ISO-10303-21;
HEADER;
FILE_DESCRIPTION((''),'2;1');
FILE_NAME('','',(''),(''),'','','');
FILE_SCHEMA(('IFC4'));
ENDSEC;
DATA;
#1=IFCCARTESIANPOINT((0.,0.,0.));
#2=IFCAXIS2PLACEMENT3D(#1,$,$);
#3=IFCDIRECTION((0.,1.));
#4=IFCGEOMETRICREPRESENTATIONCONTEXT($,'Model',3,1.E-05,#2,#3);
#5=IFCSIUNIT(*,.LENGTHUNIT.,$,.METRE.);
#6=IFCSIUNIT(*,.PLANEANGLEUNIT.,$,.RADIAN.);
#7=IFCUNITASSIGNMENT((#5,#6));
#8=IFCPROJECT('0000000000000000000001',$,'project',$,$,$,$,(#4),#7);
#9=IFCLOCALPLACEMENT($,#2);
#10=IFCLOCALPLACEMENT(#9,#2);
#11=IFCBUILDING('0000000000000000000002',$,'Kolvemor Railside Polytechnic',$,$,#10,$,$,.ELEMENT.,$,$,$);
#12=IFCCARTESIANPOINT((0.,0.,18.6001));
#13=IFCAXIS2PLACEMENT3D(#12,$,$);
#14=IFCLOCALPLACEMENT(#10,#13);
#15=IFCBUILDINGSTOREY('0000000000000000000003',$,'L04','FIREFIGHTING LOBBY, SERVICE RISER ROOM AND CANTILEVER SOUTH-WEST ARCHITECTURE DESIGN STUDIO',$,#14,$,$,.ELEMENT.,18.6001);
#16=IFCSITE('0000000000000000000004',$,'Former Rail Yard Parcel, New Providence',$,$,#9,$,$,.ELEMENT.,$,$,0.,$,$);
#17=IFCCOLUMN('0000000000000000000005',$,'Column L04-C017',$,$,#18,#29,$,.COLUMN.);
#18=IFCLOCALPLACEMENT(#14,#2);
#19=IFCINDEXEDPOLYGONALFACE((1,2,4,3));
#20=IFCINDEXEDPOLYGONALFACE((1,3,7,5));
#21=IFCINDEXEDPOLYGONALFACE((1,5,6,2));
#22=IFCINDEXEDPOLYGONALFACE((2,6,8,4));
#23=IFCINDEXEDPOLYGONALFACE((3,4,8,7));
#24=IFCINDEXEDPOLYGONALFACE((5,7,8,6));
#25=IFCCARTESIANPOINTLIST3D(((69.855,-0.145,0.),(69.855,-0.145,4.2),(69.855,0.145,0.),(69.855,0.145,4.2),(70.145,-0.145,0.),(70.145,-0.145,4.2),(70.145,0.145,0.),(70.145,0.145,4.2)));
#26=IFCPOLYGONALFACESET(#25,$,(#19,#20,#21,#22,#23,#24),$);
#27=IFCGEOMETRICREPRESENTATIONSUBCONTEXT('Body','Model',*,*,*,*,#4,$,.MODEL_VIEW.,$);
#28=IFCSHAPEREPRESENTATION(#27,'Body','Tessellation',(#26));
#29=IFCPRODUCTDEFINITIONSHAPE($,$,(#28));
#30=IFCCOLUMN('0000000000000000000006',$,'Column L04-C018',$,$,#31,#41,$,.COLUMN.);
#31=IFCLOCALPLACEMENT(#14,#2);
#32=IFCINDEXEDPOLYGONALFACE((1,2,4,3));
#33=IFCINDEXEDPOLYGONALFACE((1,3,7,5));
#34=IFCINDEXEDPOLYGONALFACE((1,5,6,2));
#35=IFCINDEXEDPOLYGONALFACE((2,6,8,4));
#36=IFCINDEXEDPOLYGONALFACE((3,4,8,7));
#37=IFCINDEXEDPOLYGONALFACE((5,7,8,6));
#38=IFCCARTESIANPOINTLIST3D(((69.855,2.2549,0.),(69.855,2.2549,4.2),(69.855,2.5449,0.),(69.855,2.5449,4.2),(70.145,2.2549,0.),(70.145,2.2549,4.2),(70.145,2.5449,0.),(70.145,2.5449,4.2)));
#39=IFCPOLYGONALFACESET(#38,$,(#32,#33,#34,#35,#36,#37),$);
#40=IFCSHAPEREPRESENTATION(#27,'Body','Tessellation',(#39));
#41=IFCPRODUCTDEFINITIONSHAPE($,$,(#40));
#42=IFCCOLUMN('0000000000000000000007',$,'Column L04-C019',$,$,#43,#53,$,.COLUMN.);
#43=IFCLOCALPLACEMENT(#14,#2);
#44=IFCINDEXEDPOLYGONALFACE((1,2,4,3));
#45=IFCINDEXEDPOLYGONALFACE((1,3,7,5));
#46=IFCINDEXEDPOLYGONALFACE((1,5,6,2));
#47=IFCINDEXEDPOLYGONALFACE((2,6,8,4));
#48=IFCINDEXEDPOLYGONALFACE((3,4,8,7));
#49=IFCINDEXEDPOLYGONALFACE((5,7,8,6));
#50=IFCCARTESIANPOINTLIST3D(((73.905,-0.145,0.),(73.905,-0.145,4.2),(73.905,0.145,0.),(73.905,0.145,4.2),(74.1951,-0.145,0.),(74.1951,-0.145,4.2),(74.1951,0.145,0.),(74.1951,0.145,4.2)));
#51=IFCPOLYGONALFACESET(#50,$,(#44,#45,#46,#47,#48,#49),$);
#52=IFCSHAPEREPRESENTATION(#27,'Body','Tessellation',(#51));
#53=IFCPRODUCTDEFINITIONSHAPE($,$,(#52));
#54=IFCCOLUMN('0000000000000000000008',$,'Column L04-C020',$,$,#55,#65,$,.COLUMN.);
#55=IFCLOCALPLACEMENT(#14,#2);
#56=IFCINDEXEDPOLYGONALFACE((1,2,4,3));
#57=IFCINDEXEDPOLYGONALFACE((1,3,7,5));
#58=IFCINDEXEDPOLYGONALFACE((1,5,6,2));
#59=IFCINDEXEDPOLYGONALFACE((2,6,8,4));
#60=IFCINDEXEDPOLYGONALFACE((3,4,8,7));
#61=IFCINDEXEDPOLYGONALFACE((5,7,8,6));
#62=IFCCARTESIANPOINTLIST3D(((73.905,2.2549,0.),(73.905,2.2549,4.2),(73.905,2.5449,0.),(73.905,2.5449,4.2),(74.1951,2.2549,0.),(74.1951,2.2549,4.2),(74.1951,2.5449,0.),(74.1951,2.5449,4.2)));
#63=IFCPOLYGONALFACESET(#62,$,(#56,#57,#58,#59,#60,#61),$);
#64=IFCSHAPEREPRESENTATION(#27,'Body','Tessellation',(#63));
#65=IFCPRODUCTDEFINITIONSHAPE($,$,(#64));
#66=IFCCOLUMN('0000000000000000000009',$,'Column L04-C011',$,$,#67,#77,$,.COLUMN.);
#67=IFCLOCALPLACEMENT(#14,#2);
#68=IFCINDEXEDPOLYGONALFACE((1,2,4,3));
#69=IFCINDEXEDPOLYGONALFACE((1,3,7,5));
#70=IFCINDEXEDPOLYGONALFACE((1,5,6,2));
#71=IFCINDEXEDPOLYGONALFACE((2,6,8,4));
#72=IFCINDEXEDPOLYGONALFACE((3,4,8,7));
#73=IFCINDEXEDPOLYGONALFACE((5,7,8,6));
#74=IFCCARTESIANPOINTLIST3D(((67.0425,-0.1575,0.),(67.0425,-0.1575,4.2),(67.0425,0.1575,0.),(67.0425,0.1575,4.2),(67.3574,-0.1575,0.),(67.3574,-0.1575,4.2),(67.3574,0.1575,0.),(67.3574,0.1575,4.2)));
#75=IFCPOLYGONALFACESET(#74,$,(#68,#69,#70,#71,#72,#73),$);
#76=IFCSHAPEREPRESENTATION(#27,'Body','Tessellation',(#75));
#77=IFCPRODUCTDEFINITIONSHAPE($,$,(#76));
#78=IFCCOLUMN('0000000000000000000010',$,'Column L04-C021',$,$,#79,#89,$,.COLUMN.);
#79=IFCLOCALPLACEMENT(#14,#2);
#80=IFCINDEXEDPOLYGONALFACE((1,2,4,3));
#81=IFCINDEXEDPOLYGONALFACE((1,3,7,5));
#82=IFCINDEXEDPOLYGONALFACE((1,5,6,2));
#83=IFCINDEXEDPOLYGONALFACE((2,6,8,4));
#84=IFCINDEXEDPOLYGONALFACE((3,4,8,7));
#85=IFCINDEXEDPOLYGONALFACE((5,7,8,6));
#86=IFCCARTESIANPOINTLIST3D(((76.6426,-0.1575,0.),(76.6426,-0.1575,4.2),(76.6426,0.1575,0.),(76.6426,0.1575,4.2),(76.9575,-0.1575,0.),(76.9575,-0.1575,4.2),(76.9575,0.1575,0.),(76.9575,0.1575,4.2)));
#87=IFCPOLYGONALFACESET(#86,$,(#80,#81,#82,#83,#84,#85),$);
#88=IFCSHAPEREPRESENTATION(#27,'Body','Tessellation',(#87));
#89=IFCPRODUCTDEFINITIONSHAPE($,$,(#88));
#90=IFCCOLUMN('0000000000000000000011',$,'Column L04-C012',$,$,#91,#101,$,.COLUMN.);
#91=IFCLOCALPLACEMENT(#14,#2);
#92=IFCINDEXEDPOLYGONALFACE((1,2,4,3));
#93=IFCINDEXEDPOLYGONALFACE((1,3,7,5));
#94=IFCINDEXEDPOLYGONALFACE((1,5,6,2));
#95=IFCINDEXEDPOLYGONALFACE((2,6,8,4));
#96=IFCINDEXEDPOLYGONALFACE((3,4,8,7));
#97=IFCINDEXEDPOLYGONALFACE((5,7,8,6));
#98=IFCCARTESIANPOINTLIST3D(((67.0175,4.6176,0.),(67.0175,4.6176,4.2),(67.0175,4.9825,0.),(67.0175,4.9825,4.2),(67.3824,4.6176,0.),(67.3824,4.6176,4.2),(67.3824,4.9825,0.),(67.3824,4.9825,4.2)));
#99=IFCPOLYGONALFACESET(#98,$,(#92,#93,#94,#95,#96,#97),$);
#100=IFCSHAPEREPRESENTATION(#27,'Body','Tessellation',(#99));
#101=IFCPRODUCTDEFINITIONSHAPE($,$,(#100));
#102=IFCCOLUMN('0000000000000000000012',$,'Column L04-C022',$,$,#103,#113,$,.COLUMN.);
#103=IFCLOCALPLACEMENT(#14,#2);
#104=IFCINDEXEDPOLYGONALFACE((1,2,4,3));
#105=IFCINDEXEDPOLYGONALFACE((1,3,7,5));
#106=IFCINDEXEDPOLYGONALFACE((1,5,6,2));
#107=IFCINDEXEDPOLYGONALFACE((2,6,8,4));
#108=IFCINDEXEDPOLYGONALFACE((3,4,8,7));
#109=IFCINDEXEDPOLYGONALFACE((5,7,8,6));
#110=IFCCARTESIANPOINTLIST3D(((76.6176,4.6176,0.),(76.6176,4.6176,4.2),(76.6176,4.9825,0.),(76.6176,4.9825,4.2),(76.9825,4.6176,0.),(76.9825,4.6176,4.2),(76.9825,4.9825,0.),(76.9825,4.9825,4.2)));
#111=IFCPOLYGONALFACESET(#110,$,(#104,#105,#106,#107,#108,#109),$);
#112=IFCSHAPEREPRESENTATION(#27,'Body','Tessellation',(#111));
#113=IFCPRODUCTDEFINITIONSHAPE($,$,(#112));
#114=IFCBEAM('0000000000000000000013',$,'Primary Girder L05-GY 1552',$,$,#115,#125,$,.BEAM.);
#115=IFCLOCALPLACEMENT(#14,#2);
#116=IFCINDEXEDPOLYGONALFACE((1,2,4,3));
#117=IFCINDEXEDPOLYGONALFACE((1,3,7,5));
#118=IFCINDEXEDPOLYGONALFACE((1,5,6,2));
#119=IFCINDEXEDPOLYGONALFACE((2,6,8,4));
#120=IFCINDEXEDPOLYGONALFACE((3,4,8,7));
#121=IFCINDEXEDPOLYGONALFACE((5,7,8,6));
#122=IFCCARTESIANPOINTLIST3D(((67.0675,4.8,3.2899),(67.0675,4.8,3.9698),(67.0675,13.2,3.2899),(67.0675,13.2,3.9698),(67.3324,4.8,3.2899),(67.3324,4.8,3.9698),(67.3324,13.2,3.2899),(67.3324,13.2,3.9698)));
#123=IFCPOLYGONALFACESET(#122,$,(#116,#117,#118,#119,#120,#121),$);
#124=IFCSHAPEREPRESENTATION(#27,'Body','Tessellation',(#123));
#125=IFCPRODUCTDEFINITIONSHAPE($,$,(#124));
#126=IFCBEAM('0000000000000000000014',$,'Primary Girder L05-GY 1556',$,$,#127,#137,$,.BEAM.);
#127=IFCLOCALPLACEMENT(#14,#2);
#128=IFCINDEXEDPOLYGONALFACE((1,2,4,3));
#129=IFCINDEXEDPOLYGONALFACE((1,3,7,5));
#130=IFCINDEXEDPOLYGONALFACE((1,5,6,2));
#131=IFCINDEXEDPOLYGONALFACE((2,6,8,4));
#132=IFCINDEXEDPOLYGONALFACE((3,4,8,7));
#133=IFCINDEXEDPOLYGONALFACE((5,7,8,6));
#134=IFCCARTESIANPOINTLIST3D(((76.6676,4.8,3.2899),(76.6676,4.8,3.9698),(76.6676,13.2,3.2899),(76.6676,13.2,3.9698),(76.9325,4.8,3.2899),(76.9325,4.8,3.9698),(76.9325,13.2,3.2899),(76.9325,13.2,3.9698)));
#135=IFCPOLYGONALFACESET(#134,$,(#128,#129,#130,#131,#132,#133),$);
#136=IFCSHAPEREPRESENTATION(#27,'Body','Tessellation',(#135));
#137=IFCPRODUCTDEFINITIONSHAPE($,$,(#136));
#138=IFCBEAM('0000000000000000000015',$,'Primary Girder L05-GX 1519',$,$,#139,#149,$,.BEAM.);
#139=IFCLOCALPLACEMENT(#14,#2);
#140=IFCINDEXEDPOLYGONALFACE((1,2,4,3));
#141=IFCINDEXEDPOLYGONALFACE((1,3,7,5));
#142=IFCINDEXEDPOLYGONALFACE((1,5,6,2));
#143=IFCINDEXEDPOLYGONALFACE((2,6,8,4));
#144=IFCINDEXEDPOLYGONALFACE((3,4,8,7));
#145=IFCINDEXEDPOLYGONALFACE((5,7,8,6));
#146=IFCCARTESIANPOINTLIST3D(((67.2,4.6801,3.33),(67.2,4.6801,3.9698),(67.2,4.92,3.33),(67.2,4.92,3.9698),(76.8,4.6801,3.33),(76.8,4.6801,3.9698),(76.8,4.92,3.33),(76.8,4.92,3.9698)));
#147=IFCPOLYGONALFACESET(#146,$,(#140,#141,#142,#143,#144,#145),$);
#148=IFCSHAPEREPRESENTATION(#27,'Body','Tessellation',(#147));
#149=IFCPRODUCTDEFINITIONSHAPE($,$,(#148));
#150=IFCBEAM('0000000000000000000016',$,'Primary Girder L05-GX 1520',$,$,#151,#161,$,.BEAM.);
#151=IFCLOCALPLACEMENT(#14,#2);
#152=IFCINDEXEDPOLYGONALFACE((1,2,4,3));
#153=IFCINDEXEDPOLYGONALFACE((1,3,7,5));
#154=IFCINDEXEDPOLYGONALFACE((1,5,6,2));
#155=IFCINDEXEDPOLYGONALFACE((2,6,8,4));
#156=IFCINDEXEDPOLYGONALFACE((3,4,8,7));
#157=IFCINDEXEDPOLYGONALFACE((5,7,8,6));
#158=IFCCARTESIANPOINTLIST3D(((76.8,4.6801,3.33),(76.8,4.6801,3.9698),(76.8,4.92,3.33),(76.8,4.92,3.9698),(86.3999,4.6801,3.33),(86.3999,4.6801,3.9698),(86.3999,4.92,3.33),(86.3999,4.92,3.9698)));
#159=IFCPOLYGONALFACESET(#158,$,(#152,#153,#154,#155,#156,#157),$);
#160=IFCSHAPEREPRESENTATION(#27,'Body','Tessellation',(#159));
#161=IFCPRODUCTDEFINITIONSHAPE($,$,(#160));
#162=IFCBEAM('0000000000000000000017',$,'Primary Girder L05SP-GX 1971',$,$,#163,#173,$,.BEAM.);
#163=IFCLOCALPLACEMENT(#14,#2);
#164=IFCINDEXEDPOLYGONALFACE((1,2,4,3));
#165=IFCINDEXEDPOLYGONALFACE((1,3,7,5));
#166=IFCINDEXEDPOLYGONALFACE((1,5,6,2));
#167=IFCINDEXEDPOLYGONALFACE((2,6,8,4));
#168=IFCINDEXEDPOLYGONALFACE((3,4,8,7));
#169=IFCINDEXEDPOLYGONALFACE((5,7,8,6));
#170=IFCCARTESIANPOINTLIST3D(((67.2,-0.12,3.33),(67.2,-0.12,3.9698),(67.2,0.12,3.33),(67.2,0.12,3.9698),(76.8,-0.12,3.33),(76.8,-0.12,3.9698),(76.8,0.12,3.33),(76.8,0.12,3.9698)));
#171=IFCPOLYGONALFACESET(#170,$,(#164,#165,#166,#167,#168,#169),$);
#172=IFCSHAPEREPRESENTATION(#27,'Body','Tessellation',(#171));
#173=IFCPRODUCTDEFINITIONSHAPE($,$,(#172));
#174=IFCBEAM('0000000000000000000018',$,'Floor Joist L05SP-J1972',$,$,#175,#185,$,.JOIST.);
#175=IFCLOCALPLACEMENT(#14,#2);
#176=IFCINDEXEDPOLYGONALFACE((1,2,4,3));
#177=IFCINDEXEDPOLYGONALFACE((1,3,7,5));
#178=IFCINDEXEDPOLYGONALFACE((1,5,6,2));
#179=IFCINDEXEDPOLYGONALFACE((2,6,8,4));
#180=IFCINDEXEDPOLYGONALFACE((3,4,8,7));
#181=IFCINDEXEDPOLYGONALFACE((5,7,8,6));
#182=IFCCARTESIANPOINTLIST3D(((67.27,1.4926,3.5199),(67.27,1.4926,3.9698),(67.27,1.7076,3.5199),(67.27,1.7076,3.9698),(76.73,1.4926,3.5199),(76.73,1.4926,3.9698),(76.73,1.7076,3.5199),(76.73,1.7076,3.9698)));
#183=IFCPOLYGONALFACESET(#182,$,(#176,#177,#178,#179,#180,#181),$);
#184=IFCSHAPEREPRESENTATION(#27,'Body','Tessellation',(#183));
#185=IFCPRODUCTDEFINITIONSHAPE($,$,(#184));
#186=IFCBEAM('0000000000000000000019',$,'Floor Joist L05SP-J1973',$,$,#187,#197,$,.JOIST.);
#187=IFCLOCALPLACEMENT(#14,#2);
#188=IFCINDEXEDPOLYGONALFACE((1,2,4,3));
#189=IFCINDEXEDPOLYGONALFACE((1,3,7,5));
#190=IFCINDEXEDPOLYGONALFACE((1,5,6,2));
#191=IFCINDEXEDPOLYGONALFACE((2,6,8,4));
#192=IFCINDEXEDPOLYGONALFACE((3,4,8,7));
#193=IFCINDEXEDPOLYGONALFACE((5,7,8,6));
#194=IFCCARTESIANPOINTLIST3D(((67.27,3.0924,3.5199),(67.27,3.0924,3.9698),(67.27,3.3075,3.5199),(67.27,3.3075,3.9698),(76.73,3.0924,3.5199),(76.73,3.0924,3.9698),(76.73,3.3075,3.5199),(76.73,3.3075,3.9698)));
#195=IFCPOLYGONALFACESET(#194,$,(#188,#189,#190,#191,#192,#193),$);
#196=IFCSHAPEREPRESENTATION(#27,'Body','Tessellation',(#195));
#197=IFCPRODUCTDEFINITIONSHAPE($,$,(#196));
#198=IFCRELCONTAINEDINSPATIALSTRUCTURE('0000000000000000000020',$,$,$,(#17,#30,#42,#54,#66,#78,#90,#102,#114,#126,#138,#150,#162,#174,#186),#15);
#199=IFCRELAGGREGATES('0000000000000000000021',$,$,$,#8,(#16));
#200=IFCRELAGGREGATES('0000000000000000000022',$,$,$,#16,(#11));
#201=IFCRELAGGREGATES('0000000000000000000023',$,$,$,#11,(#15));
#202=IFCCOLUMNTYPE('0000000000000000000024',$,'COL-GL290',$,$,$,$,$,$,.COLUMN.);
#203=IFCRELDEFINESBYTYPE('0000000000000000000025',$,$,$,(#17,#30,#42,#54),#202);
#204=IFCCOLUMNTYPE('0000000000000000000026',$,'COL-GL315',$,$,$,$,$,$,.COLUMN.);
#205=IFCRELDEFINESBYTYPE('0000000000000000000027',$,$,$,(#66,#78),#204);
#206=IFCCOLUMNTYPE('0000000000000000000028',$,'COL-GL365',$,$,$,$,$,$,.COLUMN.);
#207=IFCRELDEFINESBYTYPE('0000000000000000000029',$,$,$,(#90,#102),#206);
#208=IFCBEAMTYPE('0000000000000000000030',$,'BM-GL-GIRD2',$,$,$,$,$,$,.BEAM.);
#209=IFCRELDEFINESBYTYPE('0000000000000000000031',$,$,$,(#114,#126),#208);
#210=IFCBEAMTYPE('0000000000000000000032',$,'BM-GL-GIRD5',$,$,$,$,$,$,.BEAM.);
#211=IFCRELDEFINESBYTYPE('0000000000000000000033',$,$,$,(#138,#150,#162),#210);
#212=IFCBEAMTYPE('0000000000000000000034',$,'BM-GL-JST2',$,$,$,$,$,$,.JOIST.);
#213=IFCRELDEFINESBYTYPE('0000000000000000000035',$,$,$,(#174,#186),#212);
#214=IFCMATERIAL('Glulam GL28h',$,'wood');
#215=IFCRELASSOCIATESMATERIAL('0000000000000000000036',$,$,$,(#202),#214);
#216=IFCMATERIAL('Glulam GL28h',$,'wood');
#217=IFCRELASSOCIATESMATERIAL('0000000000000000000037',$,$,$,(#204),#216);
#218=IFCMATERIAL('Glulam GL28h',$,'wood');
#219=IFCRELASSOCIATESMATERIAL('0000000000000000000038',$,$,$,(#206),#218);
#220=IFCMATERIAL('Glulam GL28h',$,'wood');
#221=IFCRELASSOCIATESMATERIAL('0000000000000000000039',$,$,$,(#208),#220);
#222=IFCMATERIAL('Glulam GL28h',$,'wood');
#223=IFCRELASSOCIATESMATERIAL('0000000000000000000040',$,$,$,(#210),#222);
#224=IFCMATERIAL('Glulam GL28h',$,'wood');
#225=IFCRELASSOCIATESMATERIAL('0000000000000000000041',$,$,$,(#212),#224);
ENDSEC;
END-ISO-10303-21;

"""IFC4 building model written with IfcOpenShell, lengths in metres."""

from ifc_helpers import new_model, si_unit, direction, frame, origin, origin_2d, place, context, subcontext, project, spatial, rectangle, extrude, material, material_profile, profile_set, type_object, element, save


model = new_model("IFC4")

# Units and contexts
model_context = context("Model", 3, precision=1e-05, world=origin(), true_north=direction((0.0, 1.0)))
body_context = subcontext(model_context, "Body", "Model", "MODEL_VIEW")
ifc_project = project(units=[si_unit("LENGTHUNIT", "METRE"), si_unit("PLANEANGLEUNIT", "RADIAN")], contexts=[model_context])

# Site, building, storey
site_placement = place(None, origin())
site = spatial("IfcSite", under=ifc_project, at=site_placement, Name="Former Rail Yard Parcel, New Providence", CompositionType="ELEMENT", RefElevation=0.0)
building_placement = place(site_placement, origin())
building = spatial("IfcBuilding", under=site, at=building_placement, Name="Kolvemor Railside Polytechnic", CompositionType="ELEMENT")
storey_placement = place(building_placement, frame((0.0, 0.0, 18.6001)))
storey = spatial("IfcBuildingStorey", under=building, at=storey_placement, Name="L04", Description="FIREFIGHTING LOBBY, SERVICE RISER ROOM AND CANTILEVER SOUTH-WEST ARCHITECTURE DESIGN STUDIO", CompositionType="ELEMENT", Elevation=18.6001)

# Columns
ifc_material_1 = material(Name="Glulam GL28h", Category="wood")
ifc_material_profile_1 = material_profile(ifc_material_1, rectangle(XDim=0.29, YDim=0.29, at=origin_2d()), Name="GL290x290")
ifc_profile_set_1 = profile_set([ifc_material_profile_1], Name="Glulam GL28h")
column_type_1 = type_object("IfcColumnType", Name="COL-GL290", PredefinedType="COLUMN", material=ifc_profile_set_1)
for number, where, z_axis, x_axis, name in (
    (1, (70.0, 0.0, 0.0), (0.0, 0.0, 1.0), (1.0, 0.0, 0.0), "Column L04-C017"),
    (2, (70.0, 2.3999, 0.0), (0.0, 0.0, 1.0), (1.0, 0.0, 0.0), "Column L04-C018"),
    (3, (74.05, 0.0, 0.0), (0.0, 0.0, 1.0), (1.0, 0.0, 0.0), "Column L04-C019"),
    (4, (74.05, 2.3999, 0.0), (0.0, 0.0, 1.0), (1.0, 0.0, 0.0), "Column L04-C020"),
):
    element("IfcColumn", number, at=place(storey_placement, frame(where, z_axis=z_axis, x_axis=x_axis)), inside=storey, type_object=column_type_1, Name=name, PredefinedType="COLUMN", context=body_context, shape_type="SweptSolid", body=[
        extrude(rectangle(XDim=0.29, YDim=0.29, at=origin_2d()), origin(), (0.0, 0.0, 1.0), 4.2),
    ])
ifc_material_2 = material(Name="Glulam GL28h", Category="wood")
ifc_material_profile_2 = material_profile(ifc_material_2, rectangle(XDim=0.3149, YDim=0.3149, at=origin_2d()), Name="GL315x315")
ifc_profile_set_2 = profile_set([ifc_material_profile_2], Name="Glulam GL28h")
column_type_2 = type_object("IfcColumnType", Name="COL-GL315", PredefinedType="COLUMN", material=ifc_profile_set_2)
for number, where, z_axis, x_axis, name in (
    (5, (67.2, 0.0, 0.0), (0.0, 0.0, 1.0), (1.0, 0.0, 0.0), "Column L04-C011"),
    (6, (76.8, 0.0, 0.0), (0.0, 0.0, 1.0), (1.0, 0.0, 0.0), "Column L04-C021"),
):
    element("IfcColumn", number, at=place(storey_placement, frame(where, z_axis=z_axis, x_axis=x_axis)), inside=storey, type_object=column_type_2, Name=name, PredefinedType="COLUMN", context=body_context, shape_type="SweptSolid", body=[
        extrude(rectangle(XDim=0.3149, YDim=0.3149, at=origin_2d()), origin(), (0.0, 0.0, 1.0), 4.2),
    ])
ifc_material_3 = material(Name="Glulam GL28h", Category="wood")
ifc_material_profile_3 = material_profile(ifc_material_3, rectangle(XDim=0.365, YDim=0.365, at=origin_2d()), Name="GL365x365")
ifc_profile_set_3 = profile_set([ifc_material_profile_3], Name="Glulam GL28h")
column_type_3 = type_object("IfcColumnType", Name="COL-GL365", PredefinedType="COLUMN", material=ifc_profile_set_3)
for number, where, z_axis, x_axis, name in (
    (7, (67.2, 4.8, 0.0), (0.0, 0.0, 1.0), (1.0, 0.0, 0.0), "Column L04-C012"),
    (8, (76.8, 4.8, 0.0), (0.0, 0.0, 1.0), (1.0, 0.0, 0.0), "Column L04-C022"),
):
    element("IfcColumn", number, at=place(storey_placement, frame(where, z_axis=z_axis, x_axis=x_axis)), inside=storey, type_object=column_type_3, Name=name, PredefinedType="COLUMN", context=body_context, shape_type="SweptSolid", body=[
        extrude(rectangle(XDim=0.365, YDim=0.365, at=origin_2d()), origin(), (0.0, 0.0, 1.0), 4.2),
    ])

# Beams
ifc_material_4 = material(Name="Glulam GL28h", Category="wood")
ifc_material_profile_4 = material_profile(ifc_material_4, rectangle(XDim=0.2649, YDim=0.6799, at=origin_2d()), Name="GL265x680")
ifc_profile_set_4 = profile_set([ifc_material_profile_4], Name="Glulam GL28h")
beam_type_1 = type_object("IfcBeamType", Name="BM-GL-GIRD2", PredefinedType="BEAM", material=ifc_profile_set_4)
for number, where, z_axis, x_axis, name in (
    (9, (67.2, 4.8, 3.6299), (0.0, 1.0, 0.0), (-1.0, 0.0, 0.0), "Primary Girder L05-GY 1552"),
    (10, (76.8, 4.8, 3.6299), (0.0, 1.0, 0.0), (-1.0, 0.0, 0.0), "Primary Girder L05-GY 1556"),
):
    element("IfcBeam", number, at=place(storey_placement, frame(where, z_axis=z_axis, x_axis=x_axis)), inside=storey, type_object=beam_type_1, Name=name, PredefinedType="BEAM", context=body_context, shape_type="SweptSolid", body=[
        extrude(rectangle(XDim=0.2649, YDim=0.6799, at=origin_2d()), origin(), (0.0, 0.0, 1.0), 8.3999),
    ])
ifc_material_5 = material(Name="Glulam GL28h", Category="wood")
ifc_material_profile_5 = material_profile(ifc_material_5, rectangle(XDim=0.24, YDim=0.6399, at=origin_2d()), Name="GL240x640")
ifc_profile_set_5 = profile_set([ifc_material_profile_5], Name="Glulam GL28h")
beam_type_2 = type_object("IfcBeamType", Name="BM-GL-GIRD5", PredefinedType="BEAM", material=ifc_profile_set_5)
beam_1_placement = place(storey_placement, frame((67.2, 4.8, 3.6499), z_axis=(1.0, 0.0, 0.0), x_axis=(0.0, 1.0, 0.0)))
element("IfcBeam", 11, at=beam_1_placement, inside=storey, type_object=beam_type_2, Name="Primary Girder L05-GX 1519", PredefinedType="BEAM", context=body_context, shape_type="SweptSolid", body=[
    extrude(rectangle(XDim=0.24, YDim=0.6399, at=origin_2d()), origin(), (0.0, 0.0, 1.0), 9.6001),
])
beam_2_placement = place(storey_placement, frame((76.8, 4.8, 3.6499), z_axis=(1.0, 0.0, 0.0), x_axis=(0.0, 1.0, 0.0)))
element("IfcBeam", 12, at=beam_2_placement, inside=storey, type_object=beam_type_2, Name="Primary Girder L05-GX 1520", PredefinedType="BEAM", context=body_context, shape_type="SweptSolid", body=[
    extrude(rectangle(XDim=0.24, YDim=0.6399, at=origin_2d()), origin(), (0.0, 0.0, 1.0), 9.5999),
])
beam_3_placement = place(storey_placement, frame((67.2, 0.0, 3.6499), z_axis=(1.0, 0.0, 0.0), x_axis=(0.0, 1.0, 0.0)))
element("IfcBeam", 13, at=beam_3_placement, inside=storey, type_object=beam_type_2, Name="Primary Girder L05SP-GX 1971", PredefinedType="BEAM", context=body_context, shape_type="SweptSolid", body=[
    extrude(rectangle(XDim=0.24, YDim=0.6399, at=origin_2d()), origin(), (0.0, 0.0, 1.0), 9.6001),
])
ifc_material_6 = material(Name="Glulam GL28h", Category="wood")
ifc_material_profile_6 = material_profile(ifc_material_6, rectangle(XDim=0.2151, YDim=0.45, at=origin_2d()), Name="GL215x450")
ifc_profile_set_6 = profile_set([ifc_material_profile_6], Name="Glulam GL28h")
beam_type_3 = type_object("IfcBeamType", Name="BM-GL-JST2", PredefinedType="JOIST", material=ifc_profile_set_6)
for number, where, z_axis, x_axis, name in (
    (14, (67.27, 1.6001, 3.7449), (1.0, 0.0, 0.0), (0.0, 1.0, 0.0), "Floor Joist L05SP-J1972"),
    (15, (67.27, 3.2, 3.7449), (1.0, 0.0, 0.0), (0.0, 1.0, 0.0), "Floor Joist L05SP-J1973"),
):
    element("IfcBeam", number, at=place(storey_placement, frame(where, z_axis=z_axis, x_axis=x_axis)), inside=storey, type_object=beam_type_3, Name=name, PredefinedType="JOIST", context=body_context, shape_type="SweptSolid", body=[
        extrude(rectangle(XDim=0.2151, YDim=0.45, at=origin_2d()), origin(), (0.0, 0.0, 1.0), 9.46),
    ])

save(model, "model.ifc")
